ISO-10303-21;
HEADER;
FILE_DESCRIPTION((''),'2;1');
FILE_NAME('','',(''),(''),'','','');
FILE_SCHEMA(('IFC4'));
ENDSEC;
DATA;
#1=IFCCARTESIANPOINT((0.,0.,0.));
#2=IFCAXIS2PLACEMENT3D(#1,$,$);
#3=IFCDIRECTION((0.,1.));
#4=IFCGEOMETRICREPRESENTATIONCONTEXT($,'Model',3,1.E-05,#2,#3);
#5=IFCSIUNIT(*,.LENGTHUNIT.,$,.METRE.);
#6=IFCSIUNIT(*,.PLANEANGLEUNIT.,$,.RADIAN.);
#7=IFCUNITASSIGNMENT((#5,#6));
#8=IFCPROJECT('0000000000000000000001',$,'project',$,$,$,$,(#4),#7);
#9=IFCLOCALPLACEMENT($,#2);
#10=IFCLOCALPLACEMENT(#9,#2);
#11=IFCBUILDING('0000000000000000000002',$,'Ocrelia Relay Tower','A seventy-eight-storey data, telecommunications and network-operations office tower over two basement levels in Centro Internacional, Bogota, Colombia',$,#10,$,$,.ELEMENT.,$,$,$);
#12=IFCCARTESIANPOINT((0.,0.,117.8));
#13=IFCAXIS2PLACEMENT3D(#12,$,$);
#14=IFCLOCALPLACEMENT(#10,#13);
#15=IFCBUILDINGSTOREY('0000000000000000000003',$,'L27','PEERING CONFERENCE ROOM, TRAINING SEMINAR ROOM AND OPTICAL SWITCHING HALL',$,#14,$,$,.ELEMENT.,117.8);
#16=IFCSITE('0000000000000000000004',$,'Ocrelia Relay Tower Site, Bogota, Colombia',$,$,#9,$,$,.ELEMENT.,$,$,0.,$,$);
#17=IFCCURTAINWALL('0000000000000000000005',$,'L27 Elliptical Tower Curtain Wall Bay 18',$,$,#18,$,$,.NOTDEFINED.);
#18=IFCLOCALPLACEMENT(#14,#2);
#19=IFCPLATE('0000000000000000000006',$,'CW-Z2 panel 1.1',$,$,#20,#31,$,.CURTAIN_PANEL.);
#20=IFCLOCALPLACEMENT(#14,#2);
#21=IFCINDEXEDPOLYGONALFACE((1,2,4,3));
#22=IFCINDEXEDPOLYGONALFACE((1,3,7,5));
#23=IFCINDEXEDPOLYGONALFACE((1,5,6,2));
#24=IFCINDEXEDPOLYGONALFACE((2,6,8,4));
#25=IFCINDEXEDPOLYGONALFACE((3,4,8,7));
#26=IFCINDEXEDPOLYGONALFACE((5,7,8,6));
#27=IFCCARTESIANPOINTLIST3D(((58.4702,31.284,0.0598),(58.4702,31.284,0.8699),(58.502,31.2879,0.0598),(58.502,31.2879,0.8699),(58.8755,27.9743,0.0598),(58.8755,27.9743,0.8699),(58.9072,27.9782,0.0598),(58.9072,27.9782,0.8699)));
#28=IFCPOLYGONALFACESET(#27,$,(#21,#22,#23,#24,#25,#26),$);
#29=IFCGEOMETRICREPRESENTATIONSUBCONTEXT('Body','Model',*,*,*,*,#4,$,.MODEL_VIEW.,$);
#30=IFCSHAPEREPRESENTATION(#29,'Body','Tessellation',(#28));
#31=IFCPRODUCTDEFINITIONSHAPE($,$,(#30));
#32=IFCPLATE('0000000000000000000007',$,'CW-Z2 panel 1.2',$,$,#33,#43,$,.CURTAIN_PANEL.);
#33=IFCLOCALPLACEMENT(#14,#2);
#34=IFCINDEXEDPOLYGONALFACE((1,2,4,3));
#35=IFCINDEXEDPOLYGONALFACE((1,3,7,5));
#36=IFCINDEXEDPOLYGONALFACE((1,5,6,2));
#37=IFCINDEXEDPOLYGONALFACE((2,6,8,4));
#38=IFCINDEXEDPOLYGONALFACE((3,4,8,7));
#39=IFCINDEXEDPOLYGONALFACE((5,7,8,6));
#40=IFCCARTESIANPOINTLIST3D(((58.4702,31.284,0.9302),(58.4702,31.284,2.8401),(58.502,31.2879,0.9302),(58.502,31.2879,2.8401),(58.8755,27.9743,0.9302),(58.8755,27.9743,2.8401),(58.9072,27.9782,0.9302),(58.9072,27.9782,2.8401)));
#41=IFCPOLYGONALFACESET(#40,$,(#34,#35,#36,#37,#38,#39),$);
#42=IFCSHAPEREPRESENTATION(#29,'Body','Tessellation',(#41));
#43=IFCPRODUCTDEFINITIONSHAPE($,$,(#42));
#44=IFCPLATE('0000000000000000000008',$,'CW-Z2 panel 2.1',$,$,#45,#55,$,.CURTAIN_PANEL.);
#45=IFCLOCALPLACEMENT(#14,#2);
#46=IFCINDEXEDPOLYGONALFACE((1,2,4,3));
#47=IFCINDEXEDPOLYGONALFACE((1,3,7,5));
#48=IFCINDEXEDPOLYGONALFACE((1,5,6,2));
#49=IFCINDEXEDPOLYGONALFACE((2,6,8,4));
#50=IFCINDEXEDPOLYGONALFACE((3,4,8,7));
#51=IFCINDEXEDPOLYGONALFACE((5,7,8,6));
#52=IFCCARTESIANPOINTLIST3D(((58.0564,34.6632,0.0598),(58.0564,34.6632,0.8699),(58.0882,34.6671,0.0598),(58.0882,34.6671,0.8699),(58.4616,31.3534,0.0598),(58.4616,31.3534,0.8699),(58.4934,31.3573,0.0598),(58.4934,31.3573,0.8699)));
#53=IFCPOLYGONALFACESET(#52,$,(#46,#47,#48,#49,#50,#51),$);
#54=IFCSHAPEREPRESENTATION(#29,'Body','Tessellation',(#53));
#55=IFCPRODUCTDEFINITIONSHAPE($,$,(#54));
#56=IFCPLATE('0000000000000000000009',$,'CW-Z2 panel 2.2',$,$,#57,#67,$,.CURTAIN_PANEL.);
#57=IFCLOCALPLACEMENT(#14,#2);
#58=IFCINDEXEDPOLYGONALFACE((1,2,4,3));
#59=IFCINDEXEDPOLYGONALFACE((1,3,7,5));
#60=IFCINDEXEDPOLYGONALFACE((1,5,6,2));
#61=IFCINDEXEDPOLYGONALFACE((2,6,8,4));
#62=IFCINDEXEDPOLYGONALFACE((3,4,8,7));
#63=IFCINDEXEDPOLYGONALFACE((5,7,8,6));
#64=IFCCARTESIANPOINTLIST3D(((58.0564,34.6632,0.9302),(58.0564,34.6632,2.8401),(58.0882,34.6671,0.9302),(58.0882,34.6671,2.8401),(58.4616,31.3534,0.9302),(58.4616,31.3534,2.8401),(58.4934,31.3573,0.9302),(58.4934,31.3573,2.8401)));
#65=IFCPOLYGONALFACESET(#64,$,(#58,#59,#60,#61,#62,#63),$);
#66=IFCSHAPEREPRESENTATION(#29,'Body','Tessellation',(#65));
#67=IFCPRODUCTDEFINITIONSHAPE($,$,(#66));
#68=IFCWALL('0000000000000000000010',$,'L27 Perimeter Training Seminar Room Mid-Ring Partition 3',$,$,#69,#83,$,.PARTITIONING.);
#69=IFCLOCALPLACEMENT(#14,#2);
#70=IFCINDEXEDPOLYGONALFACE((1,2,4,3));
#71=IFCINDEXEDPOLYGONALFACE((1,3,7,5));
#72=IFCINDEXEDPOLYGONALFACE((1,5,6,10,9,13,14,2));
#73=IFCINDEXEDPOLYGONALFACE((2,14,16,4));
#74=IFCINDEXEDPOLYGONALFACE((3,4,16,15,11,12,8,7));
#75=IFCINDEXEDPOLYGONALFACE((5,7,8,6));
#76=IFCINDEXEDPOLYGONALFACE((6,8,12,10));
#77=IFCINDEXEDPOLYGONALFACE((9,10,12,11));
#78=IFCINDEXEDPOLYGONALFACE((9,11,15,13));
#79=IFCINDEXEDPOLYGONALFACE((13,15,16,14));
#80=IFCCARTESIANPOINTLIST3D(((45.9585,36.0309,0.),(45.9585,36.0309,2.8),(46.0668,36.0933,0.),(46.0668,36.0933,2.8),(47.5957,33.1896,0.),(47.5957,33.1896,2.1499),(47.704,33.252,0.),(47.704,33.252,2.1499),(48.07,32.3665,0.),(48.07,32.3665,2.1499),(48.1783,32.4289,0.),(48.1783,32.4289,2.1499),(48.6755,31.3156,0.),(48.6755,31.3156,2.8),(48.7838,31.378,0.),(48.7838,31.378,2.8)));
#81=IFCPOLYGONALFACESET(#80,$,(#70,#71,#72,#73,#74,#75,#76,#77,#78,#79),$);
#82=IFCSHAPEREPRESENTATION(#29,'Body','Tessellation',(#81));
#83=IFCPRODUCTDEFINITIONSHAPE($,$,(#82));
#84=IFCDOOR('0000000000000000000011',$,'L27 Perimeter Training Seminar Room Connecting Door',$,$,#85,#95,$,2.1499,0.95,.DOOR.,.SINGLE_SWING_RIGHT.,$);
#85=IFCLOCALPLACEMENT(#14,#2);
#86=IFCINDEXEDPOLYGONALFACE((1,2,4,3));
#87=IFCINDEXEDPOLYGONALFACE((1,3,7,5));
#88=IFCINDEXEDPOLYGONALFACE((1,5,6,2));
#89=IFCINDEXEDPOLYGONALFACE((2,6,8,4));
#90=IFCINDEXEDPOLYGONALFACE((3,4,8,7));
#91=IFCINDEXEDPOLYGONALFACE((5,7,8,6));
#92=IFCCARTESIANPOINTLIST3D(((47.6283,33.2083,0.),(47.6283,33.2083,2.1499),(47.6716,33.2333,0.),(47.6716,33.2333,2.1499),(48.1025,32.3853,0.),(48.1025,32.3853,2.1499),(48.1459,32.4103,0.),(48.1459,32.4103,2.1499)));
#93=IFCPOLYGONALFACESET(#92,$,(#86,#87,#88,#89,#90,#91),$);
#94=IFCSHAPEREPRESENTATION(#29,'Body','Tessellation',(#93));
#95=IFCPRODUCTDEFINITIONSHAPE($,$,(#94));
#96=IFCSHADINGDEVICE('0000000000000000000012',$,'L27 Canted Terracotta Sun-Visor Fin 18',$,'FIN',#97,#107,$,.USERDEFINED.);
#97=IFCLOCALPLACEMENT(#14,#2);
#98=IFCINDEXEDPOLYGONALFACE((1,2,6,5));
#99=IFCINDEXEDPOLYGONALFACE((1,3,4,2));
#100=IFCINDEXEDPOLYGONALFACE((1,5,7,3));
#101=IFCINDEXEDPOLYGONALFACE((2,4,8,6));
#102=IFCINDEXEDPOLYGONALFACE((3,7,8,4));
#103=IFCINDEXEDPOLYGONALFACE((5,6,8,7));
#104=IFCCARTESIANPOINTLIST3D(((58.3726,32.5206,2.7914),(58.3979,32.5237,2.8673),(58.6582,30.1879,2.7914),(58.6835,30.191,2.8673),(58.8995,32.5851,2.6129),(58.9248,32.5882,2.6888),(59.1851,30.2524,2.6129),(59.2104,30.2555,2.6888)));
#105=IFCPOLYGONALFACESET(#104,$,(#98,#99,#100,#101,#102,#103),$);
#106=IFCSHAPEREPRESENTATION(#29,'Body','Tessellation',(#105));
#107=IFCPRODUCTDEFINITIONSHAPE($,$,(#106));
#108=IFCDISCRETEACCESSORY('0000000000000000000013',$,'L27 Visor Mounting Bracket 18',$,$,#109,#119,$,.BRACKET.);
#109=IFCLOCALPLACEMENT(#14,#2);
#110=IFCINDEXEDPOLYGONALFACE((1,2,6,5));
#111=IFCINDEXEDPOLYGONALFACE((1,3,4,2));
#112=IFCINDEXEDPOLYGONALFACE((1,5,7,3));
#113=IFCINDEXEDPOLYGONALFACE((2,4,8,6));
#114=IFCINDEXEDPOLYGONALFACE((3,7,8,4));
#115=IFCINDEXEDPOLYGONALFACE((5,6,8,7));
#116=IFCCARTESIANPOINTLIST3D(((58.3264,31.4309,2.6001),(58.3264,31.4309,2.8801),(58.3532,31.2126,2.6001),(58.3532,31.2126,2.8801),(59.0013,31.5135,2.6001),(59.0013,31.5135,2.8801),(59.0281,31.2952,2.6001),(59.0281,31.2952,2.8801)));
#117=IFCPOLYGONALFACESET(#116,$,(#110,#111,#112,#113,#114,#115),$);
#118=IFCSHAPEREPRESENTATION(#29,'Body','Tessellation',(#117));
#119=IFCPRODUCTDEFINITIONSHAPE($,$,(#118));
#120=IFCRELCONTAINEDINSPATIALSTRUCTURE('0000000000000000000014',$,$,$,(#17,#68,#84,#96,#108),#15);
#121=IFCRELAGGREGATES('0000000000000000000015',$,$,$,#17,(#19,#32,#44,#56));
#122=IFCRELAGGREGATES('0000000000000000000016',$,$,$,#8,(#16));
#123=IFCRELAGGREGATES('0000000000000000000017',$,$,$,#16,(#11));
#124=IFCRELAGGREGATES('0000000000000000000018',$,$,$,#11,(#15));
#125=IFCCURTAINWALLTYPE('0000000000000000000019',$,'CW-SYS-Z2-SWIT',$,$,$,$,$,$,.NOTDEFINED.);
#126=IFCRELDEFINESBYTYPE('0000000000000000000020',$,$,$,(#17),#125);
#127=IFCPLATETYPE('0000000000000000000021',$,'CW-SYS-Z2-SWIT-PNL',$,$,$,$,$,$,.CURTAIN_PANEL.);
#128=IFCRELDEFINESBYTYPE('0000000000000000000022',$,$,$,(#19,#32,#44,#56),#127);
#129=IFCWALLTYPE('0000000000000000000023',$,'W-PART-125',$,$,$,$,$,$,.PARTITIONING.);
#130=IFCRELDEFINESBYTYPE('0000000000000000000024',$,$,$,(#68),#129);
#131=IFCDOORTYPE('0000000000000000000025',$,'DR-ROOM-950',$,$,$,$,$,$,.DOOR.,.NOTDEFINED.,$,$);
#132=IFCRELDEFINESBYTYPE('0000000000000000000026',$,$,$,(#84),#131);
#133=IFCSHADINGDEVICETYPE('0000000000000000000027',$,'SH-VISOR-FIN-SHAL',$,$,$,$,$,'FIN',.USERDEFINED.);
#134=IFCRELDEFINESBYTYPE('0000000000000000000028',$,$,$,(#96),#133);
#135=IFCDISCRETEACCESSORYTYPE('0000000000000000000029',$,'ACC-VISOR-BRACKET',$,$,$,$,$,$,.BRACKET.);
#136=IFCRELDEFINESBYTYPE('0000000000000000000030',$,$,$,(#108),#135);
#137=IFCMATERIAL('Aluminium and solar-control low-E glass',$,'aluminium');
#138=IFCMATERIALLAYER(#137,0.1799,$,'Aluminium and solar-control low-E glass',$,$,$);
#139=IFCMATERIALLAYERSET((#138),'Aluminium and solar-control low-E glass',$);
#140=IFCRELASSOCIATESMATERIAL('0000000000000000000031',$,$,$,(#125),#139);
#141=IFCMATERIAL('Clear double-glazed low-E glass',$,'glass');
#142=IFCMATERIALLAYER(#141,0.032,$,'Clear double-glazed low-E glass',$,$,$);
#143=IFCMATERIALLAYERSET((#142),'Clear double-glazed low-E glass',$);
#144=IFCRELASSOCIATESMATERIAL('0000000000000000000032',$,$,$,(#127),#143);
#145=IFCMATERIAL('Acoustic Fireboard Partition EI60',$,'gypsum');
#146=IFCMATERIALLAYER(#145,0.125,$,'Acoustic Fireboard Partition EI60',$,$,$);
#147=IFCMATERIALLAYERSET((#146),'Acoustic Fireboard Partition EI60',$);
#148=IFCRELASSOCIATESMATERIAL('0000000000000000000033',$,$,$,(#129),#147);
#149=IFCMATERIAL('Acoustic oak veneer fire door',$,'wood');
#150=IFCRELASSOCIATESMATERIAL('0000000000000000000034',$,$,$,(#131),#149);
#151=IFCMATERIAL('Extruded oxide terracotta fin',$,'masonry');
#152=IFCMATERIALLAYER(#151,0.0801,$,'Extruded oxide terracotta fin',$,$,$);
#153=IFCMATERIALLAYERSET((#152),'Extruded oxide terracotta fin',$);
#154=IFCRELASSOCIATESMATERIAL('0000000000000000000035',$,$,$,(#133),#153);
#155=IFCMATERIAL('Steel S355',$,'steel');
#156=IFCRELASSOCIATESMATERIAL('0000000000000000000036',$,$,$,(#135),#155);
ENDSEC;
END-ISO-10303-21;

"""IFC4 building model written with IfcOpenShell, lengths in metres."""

from ifc_helpers import new_model, si_unit, direction, frame, frame_2d, origin, origin_2d, place, context, subcontext, project, spatial, rectangle, extrude, material, layer, layer_set, type_object, element, fill, aggregate, save


model = new_model("IFC4")

# Units and contexts
model_context = context("Model", 3, precision=1e-05, world=origin(), true_north=direction((0.0, 1.0)))
body_context = subcontext(model_context, "Body", "Model", "MODEL_VIEW")
ifc_project = project(units=[si_unit("LENGTHUNIT", "METRE"), si_unit("PLANEANGLEUNIT", "RADIAN")], contexts=[model_context])

# Site, building, storey
site_placement = place(None, origin())
site = spatial("IfcSite", under=ifc_project, at=site_placement, Name="Ocrelia Relay Tower Site, Bogota, Colombia", CompositionType="ELEMENT", RefElevation=0.0)
building_placement = place(site_placement, origin())
building = spatial("IfcBuilding", under=site, at=building_placement, Name="Ocrelia Relay Tower", Description="A seventy-eight-storey data, telecommunications and network-operations office tower over two basement levels in Centro Internacional, Bogota, Colombia", CompositionType="ELEMENT")
storey_placement = place(building_placement, frame((0.0, 0.0, 117.8)))
storey = spatial("IfcBuildingStorey", under=building, at=storey_placement, Name="L27", Description="PEERING CONFERENCE ROOM, TRAINING SEMINAR ROOM AND OPTICAL SWITCHING HALL", CompositionType="ELEMENT", Elevation=117.8)

# Shared definitions
ifc_material_1 = material(Name="Steel S355", Category="steel")

# Shared definitions
ifc_material_2 = material(Name="Aluminium and solar-control low-E glass", Category="aluminium")
ifc_layer_1 = layer(ifc_material_2, 0.1799, Name="Aluminium and solar-control low-E glass")
ifc_layer_set_1 = layer_set([ifc_layer_1], Name="Aluminium and solar-control low-E glass")
curtain_wall_type = type_object("IfcCurtainWallType", Name="CW-SYS-Z2-SWIT", PredefinedType="NOTDEFINED", material=ifc_layer_set_1)

# Curtain wall
curtain_wall_1_placement = place(storey_placement, origin())
curtain_wall_1 = element("IfcCurtainWall", 1, at=curtain_wall_1_placement, inside=storey, type_object=curtain_wall_type, Name="L27 Elliptical Tower Curtain Wall Bay 18", PredefinedType="NOTDEFINED")

# Plates
ifc_material_3 = material(Name="Clear double-glazed low-E glass", Category="glass")
ifc_layer_2 = layer(ifc_material_3, 0.032, Name="Clear double-glazed low-E glass")
ifc_layer_set_2 = layer_set([ifc_layer_2], Name="Clear double-glazed low-E glass")
plate_type = type_object("IfcPlateType", Name="CW-SYS-Z2-SWIT-PNL", PredefinedType="CURTAIN_PANEL", material=ifc_layer_set_2)
plate_1_placement = place(storey_placement, frame((58.6887, 29.6311, 0.0598), z_axis=(0.0, 0.0, 1.0), x_axis=(-0.121528, 0.992588, 0.0)))
plate_1 = element("IfcPlate", 2, at=plate_1_placement, type_object=plate_type, Name="CW-Z2 panel 1.1", PredefinedType="CURTAIN_PANEL", context=body_context, shape_type="SweptSolid", body=[
    extrude(rectangle(XDim=3.3345, YDim=0.032, at=origin_2d()), origin(), (0.0, 0.0, 1.0), 0.8101),
])
plate_2_placement = place(storey_placement, frame((58.6887, 29.6311, 0.9302), z_axis=(0.0, 0.0, 1.0), x_axis=(-0.121528, 0.992588, 0.0)))
plate_2 = element("IfcPlate", 3, at=plate_2_placement, type_object=plate_type, Name="CW-Z2 panel 1.2", PredefinedType="CURTAIN_PANEL", context=body_context, shape_type="SweptSolid", body=[
    extrude(rectangle(XDim=3.3345, YDim=0.032, at=origin_2d()), origin(), (0.0, 0.0, 1.0), 1.9099),
])
plate_3_placement = place(storey_placement, frame((58.2749, 33.0103, 0.0598), z_axis=(0.0, 0.0, 1.0), x_axis=(-0.121528, 0.992588, 0.0)))
plate_3 = element("IfcPlate", 4, at=plate_3_placement, type_object=plate_type, Name="CW-Z2 panel 2.1", PredefinedType="CURTAIN_PANEL", context=body_context, shape_type="SweptSolid", body=[
    extrude(rectangle(XDim=3.3345, YDim=0.032, at=origin_2d()), origin(), (0.0, 0.0, 1.0), 0.8101),
])
plate_4_placement = place(storey_placement, frame((58.2749, 33.0103, 0.9302), z_axis=(0.0, 0.0, 1.0), x_axis=(-0.121528, 0.992588, 0.0)))
plate_4 = element("IfcPlate", 5, at=plate_4_placement, type_object=plate_type, Name="CW-Z2 panel 2.2", PredefinedType="CURTAIN_PANEL", context=body_context, shape_type="SweptSolid", body=[
    extrude(rectangle(XDim=3.3345, YDim=0.032, at=origin_2d()), origin(), (0.0, 0.0, 1.0), 1.9099),
])
aggregate(curtain_wall_1, [plate_1, plate_2, plate_3, plate_4])

# Wall, opening, door
ifc_material_4 = material(Name="Acoustic Fireboard Partition EI60", Category="gypsum")
ifc_layer_3 = layer(ifc_material_4, 0.125, Name="Acoustic Fireboard Partition EI60")
ifc_layer_set_3 = layer_set([ifc_layer_3], Name="Acoustic Fireboard Partition EI60")
wall_type = type_object("IfcWallType", Name="W-PART-125", PredefinedType="PARTITIONING", material=ifc_layer_set_3)
wall_placement = place(storey_placement, frame((48.7297, 31.3467, 0.0), z_axis=(0.0, 0.0, 1.0), x_axis=(-0.499262, 0.866451, 0.0)))
wall = element("IfcWall", 6, at=wall_placement, inside=storey, type_object=wall_type, Name="L27 Perimeter Training Seminar Room Mid-Ring Partition 3", PredefinedType="PARTITIONING", context=body_context, shape_type="SweptSolid", body=[
    extrude(rectangle(XDim=5.4421, YDim=0.125, at=frame_2d((2.7212, 0.0))), origin(), (0.0, 0.0, 1.0), 2.8),
])
opening_placement = place(wall_placement, frame((1.2129, 0.0, 0.0)))
opening = element("IfcOpeningElement", 7, at=opening_placement, cuts=wall, PredefinedType="OPENING", context=body_context, shape_type="SweptSolid", body=[
    extrude(rectangle(XDim=0.95, YDim=2.1499, at=frame_2d((0.4751, 1.075))), frame((0.0, 0.0725, 0.0), z_axis=(0.0, -1.0, 0.0), x_axis=(1.0, 0.0, 0.0)), (0.0, 0.0, 1.0), 0.145),
])
ifc_material_5 = material(Name="Acoustic oak veneer fire door", Category="wood")
door_type = type_object("IfcDoorType", Name="DR-ROOM-950", OperationType="NOTDEFINED", PredefinedType="DOOR", material=ifc_material_5)
door_placement = place(opening_placement, origin())
door = element("IfcDoor", 8, at=door_placement, inside=storey, type_object=door_type, Name="L27 Perimeter Training Seminar Room Connecting Door", OperationType="SINGLE_SWING_RIGHT", OverallHeight=2.1499, OverallWidth=0.95, PredefinedType="DOOR", context=body_context, shape_type="SweptSolid", body=[
    extrude(rectangle(XDim=0.95, YDim=2.1499, at=frame_2d((0.4751, 1.075))), frame((0.0, 0.0249, 0.0), z_axis=(0.0, -1.0, 0.0), x_axis=(1.0, 0.0, 0.0)), (0.0, 0.0, 1.0), 0.05),
])
fill(opening, door)

# Shading device
ifc_material_6 = material(Name="Extruded oxide terracotta fin", Category="masonry")
ifc_layer_4 = layer(ifc_material_6, 0.0801, Name="Extruded oxide terracotta fin")
ifc_layer_set_4 = layer_set([ifc_layer_4], Name="Extruded oxide terracotta fin")
shading_device_type = type_object("IfcShadingDeviceType", Name="SH-VISOR-FIN-SHAL", ElementType="FIN", PredefinedType="USERDEFINED", material=ifc_layer_set_4)
shading_device_placement = place(storey_placement, frame((58.7788, 31.3865, 2.7021), z_axis=(0.316431, 0.038742, 0.947824), x_axis=(-0.121528, 0.992588, 0.0)))
element("IfcShadingDevice", 9, at=shading_device_placement, inside=storey, type_object=shading_device_type, Name="L27 Canted Terracotta Sun-Visor Fin 18", ObjectType="FIN", PredefinedType="USERDEFINED", context=body_context, shape_type="SweptSolid", body=[
    extrude(rectangle(XDim=2.3501, YDim=0.5601, at=origin_2d()), origin(), (0.0, 0.0, 1.0), 0.0801),
])

# Discrete accessory
discrete_accessory_type = type_object("IfcDiscreteAccessoryType", Name="ACC-VISOR-BRACKET", PredefinedType="BRACKET", material=ifc_material_1)
discrete_accessory_placement = place(storey_placement, frame((58.6772, 31.363, 2.6001), z_axis=(0.0, 0.0, 1.0), x_axis=(-0.121528, 0.992588, 0.0)))
element("IfcDiscreteAccessory", 10, at=discrete_accessory_placement, inside=storey, type_object=discrete_accessory_type, Name="L27 Visor Mounting Bracket 18", PredefinedType="BRACKET", context=body_context, shape_type="SweptSolid", body=[
    extrude(rectangle(XDim=0.22, YDim=0.6799, at=origin_2d()), origin(), (0.0, 0.0, 1.0), 0.28),
])

save(model, "model.ifc")
